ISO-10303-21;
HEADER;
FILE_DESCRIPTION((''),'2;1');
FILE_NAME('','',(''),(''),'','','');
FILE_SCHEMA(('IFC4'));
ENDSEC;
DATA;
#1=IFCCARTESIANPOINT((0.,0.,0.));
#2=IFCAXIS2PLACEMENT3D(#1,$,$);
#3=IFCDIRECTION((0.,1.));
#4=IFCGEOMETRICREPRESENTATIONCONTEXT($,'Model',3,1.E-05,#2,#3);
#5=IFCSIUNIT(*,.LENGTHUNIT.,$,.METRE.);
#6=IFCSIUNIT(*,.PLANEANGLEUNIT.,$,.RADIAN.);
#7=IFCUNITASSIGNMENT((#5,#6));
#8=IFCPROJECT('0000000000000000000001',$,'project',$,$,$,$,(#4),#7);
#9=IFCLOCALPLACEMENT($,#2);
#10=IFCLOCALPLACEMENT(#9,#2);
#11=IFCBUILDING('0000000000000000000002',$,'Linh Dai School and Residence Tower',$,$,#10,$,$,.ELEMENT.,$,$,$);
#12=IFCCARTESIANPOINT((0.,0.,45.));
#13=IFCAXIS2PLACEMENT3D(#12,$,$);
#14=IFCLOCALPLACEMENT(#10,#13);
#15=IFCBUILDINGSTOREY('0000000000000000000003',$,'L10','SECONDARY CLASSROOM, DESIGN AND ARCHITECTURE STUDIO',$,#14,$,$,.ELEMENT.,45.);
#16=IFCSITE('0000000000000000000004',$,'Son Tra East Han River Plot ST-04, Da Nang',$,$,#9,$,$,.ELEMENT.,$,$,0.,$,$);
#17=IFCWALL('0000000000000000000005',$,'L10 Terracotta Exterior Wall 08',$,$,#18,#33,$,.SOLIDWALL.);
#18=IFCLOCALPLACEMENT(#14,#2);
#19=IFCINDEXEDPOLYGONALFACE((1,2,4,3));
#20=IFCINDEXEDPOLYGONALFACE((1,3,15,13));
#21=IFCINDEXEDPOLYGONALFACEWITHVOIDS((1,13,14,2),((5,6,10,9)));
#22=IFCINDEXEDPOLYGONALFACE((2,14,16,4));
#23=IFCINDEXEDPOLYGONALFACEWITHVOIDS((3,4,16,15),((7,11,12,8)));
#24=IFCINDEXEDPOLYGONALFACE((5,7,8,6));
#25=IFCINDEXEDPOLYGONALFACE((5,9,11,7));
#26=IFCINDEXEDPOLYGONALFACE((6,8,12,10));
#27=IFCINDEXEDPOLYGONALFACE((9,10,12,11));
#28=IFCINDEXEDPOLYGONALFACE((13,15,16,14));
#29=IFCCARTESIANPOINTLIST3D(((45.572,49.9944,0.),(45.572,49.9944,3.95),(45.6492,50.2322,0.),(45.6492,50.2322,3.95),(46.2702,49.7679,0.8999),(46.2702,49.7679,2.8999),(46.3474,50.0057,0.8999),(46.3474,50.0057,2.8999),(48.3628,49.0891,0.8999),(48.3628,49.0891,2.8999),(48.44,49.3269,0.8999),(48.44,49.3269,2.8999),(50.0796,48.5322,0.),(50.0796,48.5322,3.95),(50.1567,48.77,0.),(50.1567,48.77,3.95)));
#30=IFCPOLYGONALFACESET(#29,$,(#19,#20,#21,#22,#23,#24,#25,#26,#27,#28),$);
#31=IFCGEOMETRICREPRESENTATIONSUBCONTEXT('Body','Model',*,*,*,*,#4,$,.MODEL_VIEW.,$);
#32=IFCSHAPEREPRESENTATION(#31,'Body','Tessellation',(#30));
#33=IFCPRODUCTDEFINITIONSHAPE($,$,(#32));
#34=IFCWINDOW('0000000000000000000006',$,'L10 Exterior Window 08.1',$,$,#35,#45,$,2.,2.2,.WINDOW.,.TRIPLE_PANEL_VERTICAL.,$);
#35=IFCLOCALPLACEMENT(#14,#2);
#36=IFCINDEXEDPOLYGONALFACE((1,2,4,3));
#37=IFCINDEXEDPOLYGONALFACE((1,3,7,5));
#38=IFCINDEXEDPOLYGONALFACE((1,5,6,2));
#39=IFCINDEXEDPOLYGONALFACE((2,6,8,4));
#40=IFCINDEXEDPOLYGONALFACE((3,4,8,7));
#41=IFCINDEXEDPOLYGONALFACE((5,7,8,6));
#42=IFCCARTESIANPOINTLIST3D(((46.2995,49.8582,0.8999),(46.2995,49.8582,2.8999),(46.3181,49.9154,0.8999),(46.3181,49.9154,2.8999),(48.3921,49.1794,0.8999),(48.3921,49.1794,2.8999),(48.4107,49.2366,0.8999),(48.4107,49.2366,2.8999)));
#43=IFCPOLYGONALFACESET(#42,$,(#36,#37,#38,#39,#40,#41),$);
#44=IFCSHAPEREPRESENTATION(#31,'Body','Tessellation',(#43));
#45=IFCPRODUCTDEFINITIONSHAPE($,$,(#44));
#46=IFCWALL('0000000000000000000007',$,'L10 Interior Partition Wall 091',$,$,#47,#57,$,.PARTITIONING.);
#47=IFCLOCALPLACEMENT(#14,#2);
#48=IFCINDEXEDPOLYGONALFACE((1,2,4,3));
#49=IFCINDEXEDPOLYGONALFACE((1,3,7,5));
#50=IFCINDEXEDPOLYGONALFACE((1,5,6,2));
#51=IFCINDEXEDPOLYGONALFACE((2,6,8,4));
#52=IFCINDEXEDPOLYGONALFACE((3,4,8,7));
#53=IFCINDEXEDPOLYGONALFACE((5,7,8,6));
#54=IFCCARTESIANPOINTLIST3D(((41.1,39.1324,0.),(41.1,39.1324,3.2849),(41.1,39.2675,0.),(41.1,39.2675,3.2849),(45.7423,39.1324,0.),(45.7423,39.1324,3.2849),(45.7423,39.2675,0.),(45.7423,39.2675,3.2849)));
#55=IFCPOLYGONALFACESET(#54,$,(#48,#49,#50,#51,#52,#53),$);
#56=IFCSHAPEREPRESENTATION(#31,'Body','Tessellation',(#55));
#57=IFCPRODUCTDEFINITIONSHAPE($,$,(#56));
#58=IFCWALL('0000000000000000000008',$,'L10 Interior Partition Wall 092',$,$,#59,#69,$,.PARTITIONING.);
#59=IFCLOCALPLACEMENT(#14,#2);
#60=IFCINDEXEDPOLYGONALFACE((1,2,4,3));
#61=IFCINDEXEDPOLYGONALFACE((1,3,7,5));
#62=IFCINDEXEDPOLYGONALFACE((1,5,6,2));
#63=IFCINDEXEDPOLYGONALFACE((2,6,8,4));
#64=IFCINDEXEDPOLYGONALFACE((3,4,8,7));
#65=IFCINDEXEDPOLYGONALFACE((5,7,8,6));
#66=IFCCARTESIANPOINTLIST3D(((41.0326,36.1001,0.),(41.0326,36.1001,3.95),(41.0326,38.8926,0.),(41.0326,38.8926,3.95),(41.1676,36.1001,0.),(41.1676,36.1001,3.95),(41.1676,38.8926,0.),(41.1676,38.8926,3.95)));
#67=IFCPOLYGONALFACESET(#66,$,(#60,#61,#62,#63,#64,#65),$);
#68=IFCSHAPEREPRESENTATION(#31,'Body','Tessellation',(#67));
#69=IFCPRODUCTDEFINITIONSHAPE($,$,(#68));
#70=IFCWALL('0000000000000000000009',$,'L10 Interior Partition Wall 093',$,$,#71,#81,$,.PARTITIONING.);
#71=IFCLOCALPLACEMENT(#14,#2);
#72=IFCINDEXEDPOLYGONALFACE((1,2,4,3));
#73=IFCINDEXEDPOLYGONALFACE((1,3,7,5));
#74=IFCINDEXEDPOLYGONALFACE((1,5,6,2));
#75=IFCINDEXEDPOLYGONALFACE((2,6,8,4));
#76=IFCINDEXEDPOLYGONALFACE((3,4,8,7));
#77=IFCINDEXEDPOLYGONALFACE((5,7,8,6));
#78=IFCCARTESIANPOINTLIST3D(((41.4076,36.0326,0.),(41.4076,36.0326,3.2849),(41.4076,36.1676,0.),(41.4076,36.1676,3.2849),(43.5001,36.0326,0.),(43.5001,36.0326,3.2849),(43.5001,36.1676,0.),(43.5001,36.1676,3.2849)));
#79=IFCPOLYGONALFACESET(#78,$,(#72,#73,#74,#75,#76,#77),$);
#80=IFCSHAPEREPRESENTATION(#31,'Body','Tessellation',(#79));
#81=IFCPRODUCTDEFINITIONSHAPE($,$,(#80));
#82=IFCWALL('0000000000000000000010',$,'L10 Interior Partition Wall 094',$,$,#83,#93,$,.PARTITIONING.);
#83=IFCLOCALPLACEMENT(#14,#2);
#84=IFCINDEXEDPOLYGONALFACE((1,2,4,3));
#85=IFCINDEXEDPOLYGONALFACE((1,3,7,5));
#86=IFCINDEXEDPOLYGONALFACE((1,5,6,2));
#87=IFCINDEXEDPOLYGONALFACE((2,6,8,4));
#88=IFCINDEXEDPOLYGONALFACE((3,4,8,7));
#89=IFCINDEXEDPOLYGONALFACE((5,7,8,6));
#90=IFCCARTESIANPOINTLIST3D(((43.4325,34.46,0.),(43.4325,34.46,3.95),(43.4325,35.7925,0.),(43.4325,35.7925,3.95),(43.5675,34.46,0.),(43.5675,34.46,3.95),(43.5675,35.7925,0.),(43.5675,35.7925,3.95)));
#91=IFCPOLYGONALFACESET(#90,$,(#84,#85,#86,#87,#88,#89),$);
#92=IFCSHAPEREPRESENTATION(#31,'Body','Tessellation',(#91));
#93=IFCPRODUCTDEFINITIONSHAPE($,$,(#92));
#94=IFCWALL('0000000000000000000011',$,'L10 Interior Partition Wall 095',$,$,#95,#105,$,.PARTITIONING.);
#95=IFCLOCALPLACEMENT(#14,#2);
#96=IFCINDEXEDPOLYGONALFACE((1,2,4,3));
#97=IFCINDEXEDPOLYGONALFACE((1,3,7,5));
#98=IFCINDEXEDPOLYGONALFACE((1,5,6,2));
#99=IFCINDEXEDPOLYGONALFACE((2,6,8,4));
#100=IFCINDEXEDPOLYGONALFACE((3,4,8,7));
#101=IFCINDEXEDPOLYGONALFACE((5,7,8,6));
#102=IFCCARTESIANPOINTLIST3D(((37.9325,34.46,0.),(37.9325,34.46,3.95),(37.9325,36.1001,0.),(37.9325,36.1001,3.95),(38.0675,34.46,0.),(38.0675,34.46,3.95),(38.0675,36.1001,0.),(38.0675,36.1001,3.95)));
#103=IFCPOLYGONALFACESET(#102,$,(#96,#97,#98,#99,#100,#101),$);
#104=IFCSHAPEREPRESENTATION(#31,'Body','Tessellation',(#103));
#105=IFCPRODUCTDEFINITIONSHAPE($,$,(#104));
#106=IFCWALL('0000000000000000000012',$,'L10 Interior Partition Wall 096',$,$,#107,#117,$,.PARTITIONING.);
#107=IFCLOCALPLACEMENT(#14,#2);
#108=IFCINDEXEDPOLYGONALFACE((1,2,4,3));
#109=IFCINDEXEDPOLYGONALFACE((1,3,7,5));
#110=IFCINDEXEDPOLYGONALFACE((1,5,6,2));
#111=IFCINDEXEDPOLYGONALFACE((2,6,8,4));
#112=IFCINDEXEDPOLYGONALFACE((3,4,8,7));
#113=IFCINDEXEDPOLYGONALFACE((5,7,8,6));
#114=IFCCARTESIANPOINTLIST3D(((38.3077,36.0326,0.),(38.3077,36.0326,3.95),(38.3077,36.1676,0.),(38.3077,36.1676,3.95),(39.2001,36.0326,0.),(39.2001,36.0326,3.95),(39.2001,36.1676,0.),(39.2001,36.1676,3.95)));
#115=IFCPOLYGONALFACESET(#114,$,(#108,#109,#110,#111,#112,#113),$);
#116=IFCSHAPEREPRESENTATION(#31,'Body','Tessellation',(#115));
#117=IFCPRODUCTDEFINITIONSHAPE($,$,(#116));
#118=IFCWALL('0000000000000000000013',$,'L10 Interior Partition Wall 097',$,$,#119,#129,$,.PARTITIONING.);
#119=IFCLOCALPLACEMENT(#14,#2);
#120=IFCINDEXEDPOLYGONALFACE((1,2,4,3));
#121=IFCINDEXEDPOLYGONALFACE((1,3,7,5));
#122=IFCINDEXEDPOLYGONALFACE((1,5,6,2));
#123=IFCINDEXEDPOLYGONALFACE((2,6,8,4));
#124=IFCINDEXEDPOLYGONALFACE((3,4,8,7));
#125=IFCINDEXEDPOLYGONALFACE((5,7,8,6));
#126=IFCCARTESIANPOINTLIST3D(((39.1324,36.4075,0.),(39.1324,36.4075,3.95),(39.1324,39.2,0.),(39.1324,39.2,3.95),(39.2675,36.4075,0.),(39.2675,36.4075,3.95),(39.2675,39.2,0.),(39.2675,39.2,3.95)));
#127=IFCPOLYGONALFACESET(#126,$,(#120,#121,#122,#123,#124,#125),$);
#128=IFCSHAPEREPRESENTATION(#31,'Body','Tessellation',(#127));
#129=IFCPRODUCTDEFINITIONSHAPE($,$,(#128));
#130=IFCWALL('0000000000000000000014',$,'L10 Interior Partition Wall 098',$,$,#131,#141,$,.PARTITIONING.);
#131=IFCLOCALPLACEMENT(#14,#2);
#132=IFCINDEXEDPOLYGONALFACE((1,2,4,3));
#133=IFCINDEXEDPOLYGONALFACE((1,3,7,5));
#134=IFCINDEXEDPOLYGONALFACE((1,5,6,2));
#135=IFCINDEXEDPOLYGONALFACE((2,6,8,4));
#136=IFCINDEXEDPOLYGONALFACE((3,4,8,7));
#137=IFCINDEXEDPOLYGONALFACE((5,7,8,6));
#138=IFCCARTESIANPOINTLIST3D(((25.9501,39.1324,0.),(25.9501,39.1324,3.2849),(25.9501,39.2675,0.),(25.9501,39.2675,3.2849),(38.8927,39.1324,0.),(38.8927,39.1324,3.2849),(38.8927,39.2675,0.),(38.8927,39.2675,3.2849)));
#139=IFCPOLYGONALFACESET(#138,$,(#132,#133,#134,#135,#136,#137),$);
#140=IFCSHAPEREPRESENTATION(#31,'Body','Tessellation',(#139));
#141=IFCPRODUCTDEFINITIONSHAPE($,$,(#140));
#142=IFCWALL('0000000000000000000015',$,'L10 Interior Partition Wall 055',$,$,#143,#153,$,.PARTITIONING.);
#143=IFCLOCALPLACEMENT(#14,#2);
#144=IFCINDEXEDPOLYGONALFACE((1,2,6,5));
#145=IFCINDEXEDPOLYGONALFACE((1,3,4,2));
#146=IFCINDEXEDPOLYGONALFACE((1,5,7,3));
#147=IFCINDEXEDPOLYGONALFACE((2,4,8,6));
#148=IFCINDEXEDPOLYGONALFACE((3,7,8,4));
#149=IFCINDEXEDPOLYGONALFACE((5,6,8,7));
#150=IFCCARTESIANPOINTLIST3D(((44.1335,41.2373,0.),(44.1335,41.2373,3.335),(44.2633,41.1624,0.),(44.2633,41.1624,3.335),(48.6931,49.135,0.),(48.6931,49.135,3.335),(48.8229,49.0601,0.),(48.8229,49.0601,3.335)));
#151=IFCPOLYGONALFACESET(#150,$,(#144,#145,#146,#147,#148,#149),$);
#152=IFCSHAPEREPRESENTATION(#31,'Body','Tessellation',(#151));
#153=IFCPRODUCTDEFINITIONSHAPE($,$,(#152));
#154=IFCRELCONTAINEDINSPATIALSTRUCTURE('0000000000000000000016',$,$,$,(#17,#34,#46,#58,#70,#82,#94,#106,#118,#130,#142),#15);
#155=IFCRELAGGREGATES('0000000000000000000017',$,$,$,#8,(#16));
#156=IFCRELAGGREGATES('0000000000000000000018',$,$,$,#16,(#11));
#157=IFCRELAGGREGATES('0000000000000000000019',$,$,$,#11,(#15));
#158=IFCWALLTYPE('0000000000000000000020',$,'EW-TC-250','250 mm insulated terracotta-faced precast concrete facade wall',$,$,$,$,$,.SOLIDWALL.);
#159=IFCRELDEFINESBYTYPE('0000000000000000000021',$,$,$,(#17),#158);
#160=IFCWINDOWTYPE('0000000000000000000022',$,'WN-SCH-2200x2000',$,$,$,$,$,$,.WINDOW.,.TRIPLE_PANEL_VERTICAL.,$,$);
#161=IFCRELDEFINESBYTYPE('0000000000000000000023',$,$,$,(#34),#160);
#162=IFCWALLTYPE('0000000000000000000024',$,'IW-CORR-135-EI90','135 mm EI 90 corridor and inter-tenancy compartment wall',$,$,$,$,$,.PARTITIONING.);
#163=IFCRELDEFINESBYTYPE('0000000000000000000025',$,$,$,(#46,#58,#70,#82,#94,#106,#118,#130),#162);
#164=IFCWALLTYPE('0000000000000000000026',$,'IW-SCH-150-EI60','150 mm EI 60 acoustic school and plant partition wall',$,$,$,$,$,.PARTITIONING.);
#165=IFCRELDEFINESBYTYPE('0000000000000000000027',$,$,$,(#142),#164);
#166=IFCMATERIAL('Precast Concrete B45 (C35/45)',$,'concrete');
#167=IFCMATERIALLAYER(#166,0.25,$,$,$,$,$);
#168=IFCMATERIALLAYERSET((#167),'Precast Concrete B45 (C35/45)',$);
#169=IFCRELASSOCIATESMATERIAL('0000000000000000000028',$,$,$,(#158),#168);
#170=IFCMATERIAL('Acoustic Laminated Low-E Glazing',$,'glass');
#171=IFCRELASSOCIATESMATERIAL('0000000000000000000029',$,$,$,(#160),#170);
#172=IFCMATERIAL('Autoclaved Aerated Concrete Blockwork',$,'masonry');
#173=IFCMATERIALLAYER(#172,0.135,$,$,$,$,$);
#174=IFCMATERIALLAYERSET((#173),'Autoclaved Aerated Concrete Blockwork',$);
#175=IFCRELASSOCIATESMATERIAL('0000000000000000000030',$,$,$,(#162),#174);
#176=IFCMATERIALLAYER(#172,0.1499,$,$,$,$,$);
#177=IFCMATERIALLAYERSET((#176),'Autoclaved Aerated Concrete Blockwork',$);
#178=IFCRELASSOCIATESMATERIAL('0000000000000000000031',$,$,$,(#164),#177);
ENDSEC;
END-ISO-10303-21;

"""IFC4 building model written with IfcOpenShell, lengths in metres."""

from ifc_helpers import new_model, si_unit, direction, frame, frame_2d, origin, origin_2d, place, context, subcontext, project, spatial, rectangle, extrude, source, transform, mapped, material, layer, layer_set, type_object, element, fill, save


model = new_model("IFC4")

# Units and contexts
model_context = context("Model", 3, precision=1e-05, world=origin(), true_north=direction((0.0, 1.0)))
body_context = subcontext(model_context, "Body", "Model", "MODEL_VIEW")
ifc_project = project(units=[si_unit("LENGTHUNIT", "METRE"), si_unit("PLANEANGLEUNIT", "RADIAN")], contexts=[model_context])

# Site, building, storey
site_placement = place(None, origin())
site = spatial("IfcSite", under=ifc_project, at=site_placement, Name="Son Tra East Han River Plot ST-04, Da Nang", CompositionType="ELEMENT", RefElevation=0.0)
building_placement = place(site_placement, origin())
building = spatial("IfcBuilding", under=site, at=building_placement, Name="Linh Dai School and Residence Tower", CompositionType="ELEMENT")
storey_placement = place(building_placement, frame((0.0, 0.0, 45.0)))
storey = spatial("IfcBuildingStorey", under=building, at=storey_placement, Name="L10", Description="SECONDARY CLASSROOM, DESIGN AND ARCHITECTURE STUDIO", CompositionType="ELEMENT", Elevation=45.0)

# Wall, opening, window
ifc_material_1 = material(Name="Precast Concrete B45 (C35/45)", Category="concrete")
ifc_layer_1 = layer(ifc_material_1, 0.25)
ifc_layer_set_1 = layer_set([ifc_layer_1], Name="Precast Concrete B45 (C35/45)")
wall_type_1 = type_object("IfcWallType", Name="EW-TC-250", Description="250 mm insulated terracotta-faced precast concrete facade wall", PredefinedType="SOLIDWALL", material=ifc_layer_set_1)
wall_1_placement = place(storey_placement, frame((45.6106, 50.1133, 0.0), z_axis=(0.0, 0.0, 1.0), x_axis=(0.951208, -0.308551, 0.0)))
wall_1 = element("IfcWall", 1, at=wall_1_placement, inside=storey, type_object=wall_type_1, Name="L10 Terracotta Exterior Wall 08", PredefinedType="SOLIDWALL", context=body_context, shape_type="SweptSolid", body=[
    extrude(rectangle(XDim=4.7388, YDim=0.25, at=frame_2d((2.3694, 0.0))), origin(), (0.0, 0.0, 1.0), 3.95),
])
opening_1_placement = place(wall_1_placement, frame((0.7339, 0.0, 0.8999)))
opening_1 = element("IfcOpeningElement", 2, at=opening_1_placement, cuts=wall_1, PredefinedType="OPENING", context=body_context, shape_type="SweptSolid", body=[
    extrude(rectangle(XDim=2.2, YDim=2.0, at=origin_2d()), frame((1.1001, 0.135, 1.0), z_axis=(0.0, -1.0, 0.0), x_axis=(1.0, 0.0, 0.0)), (0.0, 0.0, 1.0), 0.27),
])
ifc_material_2 = material(Name="Acoustic Laminated Low-E Glazing", Category="glass")
window_type = type_object("IfcWindowType", Name="WN-SCH-2200x2000", PartitioningType="TRIPLE_PANEL_VERTICAL", PredefinedType="WINDOW", material=ifc_material_2)
shared_shape_1 = source(origin(), body_context, "Body", "SweptSolid", [
    extrude(rectangle(XDim=2.2, YDim=2.0, at=origin_2d()), frame((1.1001, 0.03, 1.0), z_axis=(0.0, -1.0, 0.0), x_axis=(1.0, 0.0, 0.0)), (0.0, 0.0, 1.0), 0.0601),
])
window_placement = place(opening_1_placement, origin())
window = element("IfcWindow", 3, at=window_placement, inside=storey, type_object=window_type, Name="L10 Exterior Window 08.1", OverallHeight=2.0, OverallWidth=2.2, PartitioningType="TRIPLE_PANEL_VERTICAL", PredefinedType="WINDOW", context=body_context, shape_type="MappedRepresentation", body=[
    mapped(shared_shape_1, transform((0.0, 0.0, 0.0), x_axis=(1.0, 0.0, 0.0), y_axis=(0.0, 1.0, 0.0), z_axis=(0.0, 0.0, 1.0), scale=1.0)),
])
fill(opening_1, window)

# Walls
ifc_material_3 = material(Name="Autoclaved Aerated Concrete Blockwork", Category="masonry")
ifc_layer_2 = layer(ifc_material_3, 0.135)
ifc_layer_set_2 = layer_set([ifc_layer_2], Name="Autoclaved Aerated Concrete Blockwork")
wall_type_2 = type_object("IfcWallType", Name="IW-CORR-135-EI90", Description="135 mm EI 90 corridor and inter-tenancy compartment wall", PredefinedType="PARTITIONING", material=ifc_layer_set_2)
wall_2_placement = place(storey_placement, frame((45.7424, 39.2, 0.0), z_axis=(0.0, 0.0, 1.0), x_axis=(-1.0, 0.0, 0.0)))
element("IfcWall", 4, at=wall_2_placement, inside=storey, type_object=wall_type_2, Name="L10 Interior Partition Wall 091", PredefinedType="PARTITIONING", context=body_context, shape_type="SweptSolid", body=[
    extrude(rectangle(XDim=4.6423, YDim=0.135, at=frame_2d((2.3213, 0.0))), origin(), (0.0, 0.0, 1.0), 3.2849),
])
wall_3_placement = place(storey_placement, frame((41.1001, 38.8926, 0.0), z_axis=(0.0, 0.0, 1.0), x_axis=(0.0, -1.0, 0.0)))
element("IfcWall", 5, at=wall_3_placement, inside=storey, type_object=wall_type_2, Name="L10 Interior Partition Wall 092", PredefinedType="PARTITIONING", context=body_context, shape_type="SweptSolid", body=[
    extrude(rectangle(XDim=2.7925, YDim=0.135, at=frame_2d((1.3962, 0.0))), origin(), (0.0, 0.0, 1.0), 3.95),
])
wall_4_placement = place(storey_placement, frame((41.4075, 36.1001, 0.0), z_axis=(0.0, 0.0, 1.0), x_axis=(1.0, 0.0, 0.0)))
element("IfcWall", 6, at=wall_4_placement, inside=storey, type_object=wall_type_2, Name="L10 Interior Partition Wall 093", PredefinedType="PARTITIONING", context=body_context, shape_type="SweptSolid", body=[
    extrude(rectangle(XDim=2.0925, YDim=0.135, at=frame_2d((1.0464, 0.0))), origin(), (0.0, 0.0, 1.0), 3.2849),
])
wall_5_placement = place(storey_placement, frame((43.5, 35.7925, 0.0), z_axis=(0.0, 0.0, 1.0), x_axis=(0.0, -1.0, 0.0)))
element("IfcWall", 7, at=wall_5_placement, inside=storey, type_object=wall_type_2, Name="L10 Interior Partition Wall 094", PredefinedType="PARTITIONING", context=body_context, shape_type="SweptSolid", body=[
    extrude(rectangle(XDim=1.3325, YDim=0.135, at=frame_2d((0.6663, 0.0))), origin(), (0.0, 0.0, 1.0), 3.95),
])
wall_6_placement = place(storey_placement, frame((38.0, 34.46, 0.0), z_axis=(0.0, 0.0, 1.0), x_axis=(0.0, 1.0, 0.0)))
element("IfcWall", 8, at=wall_6_placement, inside=storey, type_object=wall_type_2, Name="L10 Interior Partition Wall 095", PredefinedType="PARTITIONING", context=body_context, shape_type="SweptSolid", body=[
    extrude(rectangle(XDim=1.6401, YDim=0.135, at=frame_2d((0.8201, 0.0))), origin(), (0.0, 0.0, 1.0), 3.95),
])
wall_7_placement = place(storey_placement, frame((38.3076, 36.1001, 0.0), z_axis=(0.0, 0.0, 1.0), x_axis=(1.0, 0.0, 0.0)))
element("IfcWall", 9, at=wall_7_placement, inside=storey, type_object=wall_type_2, Name="L10 Interior Partition Wall 096", PredefinedType="PARTITIONING", context=body_context, shape_type="SweptSolid", body=[
    extrude(rectangle(XDim=0.8923, YDim=0.135, at=frame_2d((0.4463, 0.0))), origin(), (0.0, 0.0, 1.0), 3.95),
])
wall_8_placement = place(storey_placement, frame((39.2, 36.4075, 0.0), z_axis=(0.0, 0.0, 1.0), x_axis=(0.0, 1.0, 0.0)))
element("IfcWall", 10, at=wall_8_placement, inside=storey, type_object=wall_type_2, Name="L10 Interior Partition Wall 097", PredefinedType="PARTITIONING", context=body_context, shape_type="SweptSolid", body=[
    extrude(rectangle(XDim=2.7925, YDim=0.135, at=frame_2d((1.3962, 0.0))), origin(), (0.0, 0.0, 1.0), 3.95),
])
wall_9_placement = place(storey_placement, frame((38.8926, 39.2, 0.0), z_axis=(0.0, 0.0, 1.0), x_axis=(-1.0, 0.0, 0.0)))
element("IfcWall", 11, at=wall_9_placement, inside=storey, type_object=wall_type_2, Name="L10 Interior Partition Wall 098", PredefinedType="PARTITIONING", context=body_context, shape_type="SweptSolid", body=[
    extrude(rectangle(XDim=12.9426, YDim=0.135, at=frame_2d((6.4712, 0.0))), origin(), (0.0, 0.0, 1.0), 3.2849),
])
ifc_layer_3 = layer(ifc_material_3, 0.1499)
ifc_layer_set_3 = layer_set([ifc_layer_3], Name="Autoclaved Aerated Concrete Blockwork")
wall_type_3 = type_object("IfcWallType", Name="IW-SCH-150-EI60", Description="150 mm EI 60 acoustic school and plant partition wall", PredefinedType="PARTITIONING", material=ifc_layer_set_3)
wall_10_placement = place(storey_placement, frame((44.1985, 41.2, 0.0), z_axis=(0.0, 0.0, 1.0), x_axis=(0.499986, 0.866034, 0.0)))
element("IfcWall", 12, at=wall_10_placement, inside=storey, type_object=wall_type_3, Name="L10 Interior Partition Wall 055", PredefinedType="PARTITIONING", context=body_context, shape_type="SweptSolid", body=[
    extrude(rectangle(XDim=9.1194, YDim=0.1499, at=frame_2d((4.5596, 0.0))), origin(), (0.0, 0.0, 1.0), 3.335),
])

save(model, "model.ifc")
